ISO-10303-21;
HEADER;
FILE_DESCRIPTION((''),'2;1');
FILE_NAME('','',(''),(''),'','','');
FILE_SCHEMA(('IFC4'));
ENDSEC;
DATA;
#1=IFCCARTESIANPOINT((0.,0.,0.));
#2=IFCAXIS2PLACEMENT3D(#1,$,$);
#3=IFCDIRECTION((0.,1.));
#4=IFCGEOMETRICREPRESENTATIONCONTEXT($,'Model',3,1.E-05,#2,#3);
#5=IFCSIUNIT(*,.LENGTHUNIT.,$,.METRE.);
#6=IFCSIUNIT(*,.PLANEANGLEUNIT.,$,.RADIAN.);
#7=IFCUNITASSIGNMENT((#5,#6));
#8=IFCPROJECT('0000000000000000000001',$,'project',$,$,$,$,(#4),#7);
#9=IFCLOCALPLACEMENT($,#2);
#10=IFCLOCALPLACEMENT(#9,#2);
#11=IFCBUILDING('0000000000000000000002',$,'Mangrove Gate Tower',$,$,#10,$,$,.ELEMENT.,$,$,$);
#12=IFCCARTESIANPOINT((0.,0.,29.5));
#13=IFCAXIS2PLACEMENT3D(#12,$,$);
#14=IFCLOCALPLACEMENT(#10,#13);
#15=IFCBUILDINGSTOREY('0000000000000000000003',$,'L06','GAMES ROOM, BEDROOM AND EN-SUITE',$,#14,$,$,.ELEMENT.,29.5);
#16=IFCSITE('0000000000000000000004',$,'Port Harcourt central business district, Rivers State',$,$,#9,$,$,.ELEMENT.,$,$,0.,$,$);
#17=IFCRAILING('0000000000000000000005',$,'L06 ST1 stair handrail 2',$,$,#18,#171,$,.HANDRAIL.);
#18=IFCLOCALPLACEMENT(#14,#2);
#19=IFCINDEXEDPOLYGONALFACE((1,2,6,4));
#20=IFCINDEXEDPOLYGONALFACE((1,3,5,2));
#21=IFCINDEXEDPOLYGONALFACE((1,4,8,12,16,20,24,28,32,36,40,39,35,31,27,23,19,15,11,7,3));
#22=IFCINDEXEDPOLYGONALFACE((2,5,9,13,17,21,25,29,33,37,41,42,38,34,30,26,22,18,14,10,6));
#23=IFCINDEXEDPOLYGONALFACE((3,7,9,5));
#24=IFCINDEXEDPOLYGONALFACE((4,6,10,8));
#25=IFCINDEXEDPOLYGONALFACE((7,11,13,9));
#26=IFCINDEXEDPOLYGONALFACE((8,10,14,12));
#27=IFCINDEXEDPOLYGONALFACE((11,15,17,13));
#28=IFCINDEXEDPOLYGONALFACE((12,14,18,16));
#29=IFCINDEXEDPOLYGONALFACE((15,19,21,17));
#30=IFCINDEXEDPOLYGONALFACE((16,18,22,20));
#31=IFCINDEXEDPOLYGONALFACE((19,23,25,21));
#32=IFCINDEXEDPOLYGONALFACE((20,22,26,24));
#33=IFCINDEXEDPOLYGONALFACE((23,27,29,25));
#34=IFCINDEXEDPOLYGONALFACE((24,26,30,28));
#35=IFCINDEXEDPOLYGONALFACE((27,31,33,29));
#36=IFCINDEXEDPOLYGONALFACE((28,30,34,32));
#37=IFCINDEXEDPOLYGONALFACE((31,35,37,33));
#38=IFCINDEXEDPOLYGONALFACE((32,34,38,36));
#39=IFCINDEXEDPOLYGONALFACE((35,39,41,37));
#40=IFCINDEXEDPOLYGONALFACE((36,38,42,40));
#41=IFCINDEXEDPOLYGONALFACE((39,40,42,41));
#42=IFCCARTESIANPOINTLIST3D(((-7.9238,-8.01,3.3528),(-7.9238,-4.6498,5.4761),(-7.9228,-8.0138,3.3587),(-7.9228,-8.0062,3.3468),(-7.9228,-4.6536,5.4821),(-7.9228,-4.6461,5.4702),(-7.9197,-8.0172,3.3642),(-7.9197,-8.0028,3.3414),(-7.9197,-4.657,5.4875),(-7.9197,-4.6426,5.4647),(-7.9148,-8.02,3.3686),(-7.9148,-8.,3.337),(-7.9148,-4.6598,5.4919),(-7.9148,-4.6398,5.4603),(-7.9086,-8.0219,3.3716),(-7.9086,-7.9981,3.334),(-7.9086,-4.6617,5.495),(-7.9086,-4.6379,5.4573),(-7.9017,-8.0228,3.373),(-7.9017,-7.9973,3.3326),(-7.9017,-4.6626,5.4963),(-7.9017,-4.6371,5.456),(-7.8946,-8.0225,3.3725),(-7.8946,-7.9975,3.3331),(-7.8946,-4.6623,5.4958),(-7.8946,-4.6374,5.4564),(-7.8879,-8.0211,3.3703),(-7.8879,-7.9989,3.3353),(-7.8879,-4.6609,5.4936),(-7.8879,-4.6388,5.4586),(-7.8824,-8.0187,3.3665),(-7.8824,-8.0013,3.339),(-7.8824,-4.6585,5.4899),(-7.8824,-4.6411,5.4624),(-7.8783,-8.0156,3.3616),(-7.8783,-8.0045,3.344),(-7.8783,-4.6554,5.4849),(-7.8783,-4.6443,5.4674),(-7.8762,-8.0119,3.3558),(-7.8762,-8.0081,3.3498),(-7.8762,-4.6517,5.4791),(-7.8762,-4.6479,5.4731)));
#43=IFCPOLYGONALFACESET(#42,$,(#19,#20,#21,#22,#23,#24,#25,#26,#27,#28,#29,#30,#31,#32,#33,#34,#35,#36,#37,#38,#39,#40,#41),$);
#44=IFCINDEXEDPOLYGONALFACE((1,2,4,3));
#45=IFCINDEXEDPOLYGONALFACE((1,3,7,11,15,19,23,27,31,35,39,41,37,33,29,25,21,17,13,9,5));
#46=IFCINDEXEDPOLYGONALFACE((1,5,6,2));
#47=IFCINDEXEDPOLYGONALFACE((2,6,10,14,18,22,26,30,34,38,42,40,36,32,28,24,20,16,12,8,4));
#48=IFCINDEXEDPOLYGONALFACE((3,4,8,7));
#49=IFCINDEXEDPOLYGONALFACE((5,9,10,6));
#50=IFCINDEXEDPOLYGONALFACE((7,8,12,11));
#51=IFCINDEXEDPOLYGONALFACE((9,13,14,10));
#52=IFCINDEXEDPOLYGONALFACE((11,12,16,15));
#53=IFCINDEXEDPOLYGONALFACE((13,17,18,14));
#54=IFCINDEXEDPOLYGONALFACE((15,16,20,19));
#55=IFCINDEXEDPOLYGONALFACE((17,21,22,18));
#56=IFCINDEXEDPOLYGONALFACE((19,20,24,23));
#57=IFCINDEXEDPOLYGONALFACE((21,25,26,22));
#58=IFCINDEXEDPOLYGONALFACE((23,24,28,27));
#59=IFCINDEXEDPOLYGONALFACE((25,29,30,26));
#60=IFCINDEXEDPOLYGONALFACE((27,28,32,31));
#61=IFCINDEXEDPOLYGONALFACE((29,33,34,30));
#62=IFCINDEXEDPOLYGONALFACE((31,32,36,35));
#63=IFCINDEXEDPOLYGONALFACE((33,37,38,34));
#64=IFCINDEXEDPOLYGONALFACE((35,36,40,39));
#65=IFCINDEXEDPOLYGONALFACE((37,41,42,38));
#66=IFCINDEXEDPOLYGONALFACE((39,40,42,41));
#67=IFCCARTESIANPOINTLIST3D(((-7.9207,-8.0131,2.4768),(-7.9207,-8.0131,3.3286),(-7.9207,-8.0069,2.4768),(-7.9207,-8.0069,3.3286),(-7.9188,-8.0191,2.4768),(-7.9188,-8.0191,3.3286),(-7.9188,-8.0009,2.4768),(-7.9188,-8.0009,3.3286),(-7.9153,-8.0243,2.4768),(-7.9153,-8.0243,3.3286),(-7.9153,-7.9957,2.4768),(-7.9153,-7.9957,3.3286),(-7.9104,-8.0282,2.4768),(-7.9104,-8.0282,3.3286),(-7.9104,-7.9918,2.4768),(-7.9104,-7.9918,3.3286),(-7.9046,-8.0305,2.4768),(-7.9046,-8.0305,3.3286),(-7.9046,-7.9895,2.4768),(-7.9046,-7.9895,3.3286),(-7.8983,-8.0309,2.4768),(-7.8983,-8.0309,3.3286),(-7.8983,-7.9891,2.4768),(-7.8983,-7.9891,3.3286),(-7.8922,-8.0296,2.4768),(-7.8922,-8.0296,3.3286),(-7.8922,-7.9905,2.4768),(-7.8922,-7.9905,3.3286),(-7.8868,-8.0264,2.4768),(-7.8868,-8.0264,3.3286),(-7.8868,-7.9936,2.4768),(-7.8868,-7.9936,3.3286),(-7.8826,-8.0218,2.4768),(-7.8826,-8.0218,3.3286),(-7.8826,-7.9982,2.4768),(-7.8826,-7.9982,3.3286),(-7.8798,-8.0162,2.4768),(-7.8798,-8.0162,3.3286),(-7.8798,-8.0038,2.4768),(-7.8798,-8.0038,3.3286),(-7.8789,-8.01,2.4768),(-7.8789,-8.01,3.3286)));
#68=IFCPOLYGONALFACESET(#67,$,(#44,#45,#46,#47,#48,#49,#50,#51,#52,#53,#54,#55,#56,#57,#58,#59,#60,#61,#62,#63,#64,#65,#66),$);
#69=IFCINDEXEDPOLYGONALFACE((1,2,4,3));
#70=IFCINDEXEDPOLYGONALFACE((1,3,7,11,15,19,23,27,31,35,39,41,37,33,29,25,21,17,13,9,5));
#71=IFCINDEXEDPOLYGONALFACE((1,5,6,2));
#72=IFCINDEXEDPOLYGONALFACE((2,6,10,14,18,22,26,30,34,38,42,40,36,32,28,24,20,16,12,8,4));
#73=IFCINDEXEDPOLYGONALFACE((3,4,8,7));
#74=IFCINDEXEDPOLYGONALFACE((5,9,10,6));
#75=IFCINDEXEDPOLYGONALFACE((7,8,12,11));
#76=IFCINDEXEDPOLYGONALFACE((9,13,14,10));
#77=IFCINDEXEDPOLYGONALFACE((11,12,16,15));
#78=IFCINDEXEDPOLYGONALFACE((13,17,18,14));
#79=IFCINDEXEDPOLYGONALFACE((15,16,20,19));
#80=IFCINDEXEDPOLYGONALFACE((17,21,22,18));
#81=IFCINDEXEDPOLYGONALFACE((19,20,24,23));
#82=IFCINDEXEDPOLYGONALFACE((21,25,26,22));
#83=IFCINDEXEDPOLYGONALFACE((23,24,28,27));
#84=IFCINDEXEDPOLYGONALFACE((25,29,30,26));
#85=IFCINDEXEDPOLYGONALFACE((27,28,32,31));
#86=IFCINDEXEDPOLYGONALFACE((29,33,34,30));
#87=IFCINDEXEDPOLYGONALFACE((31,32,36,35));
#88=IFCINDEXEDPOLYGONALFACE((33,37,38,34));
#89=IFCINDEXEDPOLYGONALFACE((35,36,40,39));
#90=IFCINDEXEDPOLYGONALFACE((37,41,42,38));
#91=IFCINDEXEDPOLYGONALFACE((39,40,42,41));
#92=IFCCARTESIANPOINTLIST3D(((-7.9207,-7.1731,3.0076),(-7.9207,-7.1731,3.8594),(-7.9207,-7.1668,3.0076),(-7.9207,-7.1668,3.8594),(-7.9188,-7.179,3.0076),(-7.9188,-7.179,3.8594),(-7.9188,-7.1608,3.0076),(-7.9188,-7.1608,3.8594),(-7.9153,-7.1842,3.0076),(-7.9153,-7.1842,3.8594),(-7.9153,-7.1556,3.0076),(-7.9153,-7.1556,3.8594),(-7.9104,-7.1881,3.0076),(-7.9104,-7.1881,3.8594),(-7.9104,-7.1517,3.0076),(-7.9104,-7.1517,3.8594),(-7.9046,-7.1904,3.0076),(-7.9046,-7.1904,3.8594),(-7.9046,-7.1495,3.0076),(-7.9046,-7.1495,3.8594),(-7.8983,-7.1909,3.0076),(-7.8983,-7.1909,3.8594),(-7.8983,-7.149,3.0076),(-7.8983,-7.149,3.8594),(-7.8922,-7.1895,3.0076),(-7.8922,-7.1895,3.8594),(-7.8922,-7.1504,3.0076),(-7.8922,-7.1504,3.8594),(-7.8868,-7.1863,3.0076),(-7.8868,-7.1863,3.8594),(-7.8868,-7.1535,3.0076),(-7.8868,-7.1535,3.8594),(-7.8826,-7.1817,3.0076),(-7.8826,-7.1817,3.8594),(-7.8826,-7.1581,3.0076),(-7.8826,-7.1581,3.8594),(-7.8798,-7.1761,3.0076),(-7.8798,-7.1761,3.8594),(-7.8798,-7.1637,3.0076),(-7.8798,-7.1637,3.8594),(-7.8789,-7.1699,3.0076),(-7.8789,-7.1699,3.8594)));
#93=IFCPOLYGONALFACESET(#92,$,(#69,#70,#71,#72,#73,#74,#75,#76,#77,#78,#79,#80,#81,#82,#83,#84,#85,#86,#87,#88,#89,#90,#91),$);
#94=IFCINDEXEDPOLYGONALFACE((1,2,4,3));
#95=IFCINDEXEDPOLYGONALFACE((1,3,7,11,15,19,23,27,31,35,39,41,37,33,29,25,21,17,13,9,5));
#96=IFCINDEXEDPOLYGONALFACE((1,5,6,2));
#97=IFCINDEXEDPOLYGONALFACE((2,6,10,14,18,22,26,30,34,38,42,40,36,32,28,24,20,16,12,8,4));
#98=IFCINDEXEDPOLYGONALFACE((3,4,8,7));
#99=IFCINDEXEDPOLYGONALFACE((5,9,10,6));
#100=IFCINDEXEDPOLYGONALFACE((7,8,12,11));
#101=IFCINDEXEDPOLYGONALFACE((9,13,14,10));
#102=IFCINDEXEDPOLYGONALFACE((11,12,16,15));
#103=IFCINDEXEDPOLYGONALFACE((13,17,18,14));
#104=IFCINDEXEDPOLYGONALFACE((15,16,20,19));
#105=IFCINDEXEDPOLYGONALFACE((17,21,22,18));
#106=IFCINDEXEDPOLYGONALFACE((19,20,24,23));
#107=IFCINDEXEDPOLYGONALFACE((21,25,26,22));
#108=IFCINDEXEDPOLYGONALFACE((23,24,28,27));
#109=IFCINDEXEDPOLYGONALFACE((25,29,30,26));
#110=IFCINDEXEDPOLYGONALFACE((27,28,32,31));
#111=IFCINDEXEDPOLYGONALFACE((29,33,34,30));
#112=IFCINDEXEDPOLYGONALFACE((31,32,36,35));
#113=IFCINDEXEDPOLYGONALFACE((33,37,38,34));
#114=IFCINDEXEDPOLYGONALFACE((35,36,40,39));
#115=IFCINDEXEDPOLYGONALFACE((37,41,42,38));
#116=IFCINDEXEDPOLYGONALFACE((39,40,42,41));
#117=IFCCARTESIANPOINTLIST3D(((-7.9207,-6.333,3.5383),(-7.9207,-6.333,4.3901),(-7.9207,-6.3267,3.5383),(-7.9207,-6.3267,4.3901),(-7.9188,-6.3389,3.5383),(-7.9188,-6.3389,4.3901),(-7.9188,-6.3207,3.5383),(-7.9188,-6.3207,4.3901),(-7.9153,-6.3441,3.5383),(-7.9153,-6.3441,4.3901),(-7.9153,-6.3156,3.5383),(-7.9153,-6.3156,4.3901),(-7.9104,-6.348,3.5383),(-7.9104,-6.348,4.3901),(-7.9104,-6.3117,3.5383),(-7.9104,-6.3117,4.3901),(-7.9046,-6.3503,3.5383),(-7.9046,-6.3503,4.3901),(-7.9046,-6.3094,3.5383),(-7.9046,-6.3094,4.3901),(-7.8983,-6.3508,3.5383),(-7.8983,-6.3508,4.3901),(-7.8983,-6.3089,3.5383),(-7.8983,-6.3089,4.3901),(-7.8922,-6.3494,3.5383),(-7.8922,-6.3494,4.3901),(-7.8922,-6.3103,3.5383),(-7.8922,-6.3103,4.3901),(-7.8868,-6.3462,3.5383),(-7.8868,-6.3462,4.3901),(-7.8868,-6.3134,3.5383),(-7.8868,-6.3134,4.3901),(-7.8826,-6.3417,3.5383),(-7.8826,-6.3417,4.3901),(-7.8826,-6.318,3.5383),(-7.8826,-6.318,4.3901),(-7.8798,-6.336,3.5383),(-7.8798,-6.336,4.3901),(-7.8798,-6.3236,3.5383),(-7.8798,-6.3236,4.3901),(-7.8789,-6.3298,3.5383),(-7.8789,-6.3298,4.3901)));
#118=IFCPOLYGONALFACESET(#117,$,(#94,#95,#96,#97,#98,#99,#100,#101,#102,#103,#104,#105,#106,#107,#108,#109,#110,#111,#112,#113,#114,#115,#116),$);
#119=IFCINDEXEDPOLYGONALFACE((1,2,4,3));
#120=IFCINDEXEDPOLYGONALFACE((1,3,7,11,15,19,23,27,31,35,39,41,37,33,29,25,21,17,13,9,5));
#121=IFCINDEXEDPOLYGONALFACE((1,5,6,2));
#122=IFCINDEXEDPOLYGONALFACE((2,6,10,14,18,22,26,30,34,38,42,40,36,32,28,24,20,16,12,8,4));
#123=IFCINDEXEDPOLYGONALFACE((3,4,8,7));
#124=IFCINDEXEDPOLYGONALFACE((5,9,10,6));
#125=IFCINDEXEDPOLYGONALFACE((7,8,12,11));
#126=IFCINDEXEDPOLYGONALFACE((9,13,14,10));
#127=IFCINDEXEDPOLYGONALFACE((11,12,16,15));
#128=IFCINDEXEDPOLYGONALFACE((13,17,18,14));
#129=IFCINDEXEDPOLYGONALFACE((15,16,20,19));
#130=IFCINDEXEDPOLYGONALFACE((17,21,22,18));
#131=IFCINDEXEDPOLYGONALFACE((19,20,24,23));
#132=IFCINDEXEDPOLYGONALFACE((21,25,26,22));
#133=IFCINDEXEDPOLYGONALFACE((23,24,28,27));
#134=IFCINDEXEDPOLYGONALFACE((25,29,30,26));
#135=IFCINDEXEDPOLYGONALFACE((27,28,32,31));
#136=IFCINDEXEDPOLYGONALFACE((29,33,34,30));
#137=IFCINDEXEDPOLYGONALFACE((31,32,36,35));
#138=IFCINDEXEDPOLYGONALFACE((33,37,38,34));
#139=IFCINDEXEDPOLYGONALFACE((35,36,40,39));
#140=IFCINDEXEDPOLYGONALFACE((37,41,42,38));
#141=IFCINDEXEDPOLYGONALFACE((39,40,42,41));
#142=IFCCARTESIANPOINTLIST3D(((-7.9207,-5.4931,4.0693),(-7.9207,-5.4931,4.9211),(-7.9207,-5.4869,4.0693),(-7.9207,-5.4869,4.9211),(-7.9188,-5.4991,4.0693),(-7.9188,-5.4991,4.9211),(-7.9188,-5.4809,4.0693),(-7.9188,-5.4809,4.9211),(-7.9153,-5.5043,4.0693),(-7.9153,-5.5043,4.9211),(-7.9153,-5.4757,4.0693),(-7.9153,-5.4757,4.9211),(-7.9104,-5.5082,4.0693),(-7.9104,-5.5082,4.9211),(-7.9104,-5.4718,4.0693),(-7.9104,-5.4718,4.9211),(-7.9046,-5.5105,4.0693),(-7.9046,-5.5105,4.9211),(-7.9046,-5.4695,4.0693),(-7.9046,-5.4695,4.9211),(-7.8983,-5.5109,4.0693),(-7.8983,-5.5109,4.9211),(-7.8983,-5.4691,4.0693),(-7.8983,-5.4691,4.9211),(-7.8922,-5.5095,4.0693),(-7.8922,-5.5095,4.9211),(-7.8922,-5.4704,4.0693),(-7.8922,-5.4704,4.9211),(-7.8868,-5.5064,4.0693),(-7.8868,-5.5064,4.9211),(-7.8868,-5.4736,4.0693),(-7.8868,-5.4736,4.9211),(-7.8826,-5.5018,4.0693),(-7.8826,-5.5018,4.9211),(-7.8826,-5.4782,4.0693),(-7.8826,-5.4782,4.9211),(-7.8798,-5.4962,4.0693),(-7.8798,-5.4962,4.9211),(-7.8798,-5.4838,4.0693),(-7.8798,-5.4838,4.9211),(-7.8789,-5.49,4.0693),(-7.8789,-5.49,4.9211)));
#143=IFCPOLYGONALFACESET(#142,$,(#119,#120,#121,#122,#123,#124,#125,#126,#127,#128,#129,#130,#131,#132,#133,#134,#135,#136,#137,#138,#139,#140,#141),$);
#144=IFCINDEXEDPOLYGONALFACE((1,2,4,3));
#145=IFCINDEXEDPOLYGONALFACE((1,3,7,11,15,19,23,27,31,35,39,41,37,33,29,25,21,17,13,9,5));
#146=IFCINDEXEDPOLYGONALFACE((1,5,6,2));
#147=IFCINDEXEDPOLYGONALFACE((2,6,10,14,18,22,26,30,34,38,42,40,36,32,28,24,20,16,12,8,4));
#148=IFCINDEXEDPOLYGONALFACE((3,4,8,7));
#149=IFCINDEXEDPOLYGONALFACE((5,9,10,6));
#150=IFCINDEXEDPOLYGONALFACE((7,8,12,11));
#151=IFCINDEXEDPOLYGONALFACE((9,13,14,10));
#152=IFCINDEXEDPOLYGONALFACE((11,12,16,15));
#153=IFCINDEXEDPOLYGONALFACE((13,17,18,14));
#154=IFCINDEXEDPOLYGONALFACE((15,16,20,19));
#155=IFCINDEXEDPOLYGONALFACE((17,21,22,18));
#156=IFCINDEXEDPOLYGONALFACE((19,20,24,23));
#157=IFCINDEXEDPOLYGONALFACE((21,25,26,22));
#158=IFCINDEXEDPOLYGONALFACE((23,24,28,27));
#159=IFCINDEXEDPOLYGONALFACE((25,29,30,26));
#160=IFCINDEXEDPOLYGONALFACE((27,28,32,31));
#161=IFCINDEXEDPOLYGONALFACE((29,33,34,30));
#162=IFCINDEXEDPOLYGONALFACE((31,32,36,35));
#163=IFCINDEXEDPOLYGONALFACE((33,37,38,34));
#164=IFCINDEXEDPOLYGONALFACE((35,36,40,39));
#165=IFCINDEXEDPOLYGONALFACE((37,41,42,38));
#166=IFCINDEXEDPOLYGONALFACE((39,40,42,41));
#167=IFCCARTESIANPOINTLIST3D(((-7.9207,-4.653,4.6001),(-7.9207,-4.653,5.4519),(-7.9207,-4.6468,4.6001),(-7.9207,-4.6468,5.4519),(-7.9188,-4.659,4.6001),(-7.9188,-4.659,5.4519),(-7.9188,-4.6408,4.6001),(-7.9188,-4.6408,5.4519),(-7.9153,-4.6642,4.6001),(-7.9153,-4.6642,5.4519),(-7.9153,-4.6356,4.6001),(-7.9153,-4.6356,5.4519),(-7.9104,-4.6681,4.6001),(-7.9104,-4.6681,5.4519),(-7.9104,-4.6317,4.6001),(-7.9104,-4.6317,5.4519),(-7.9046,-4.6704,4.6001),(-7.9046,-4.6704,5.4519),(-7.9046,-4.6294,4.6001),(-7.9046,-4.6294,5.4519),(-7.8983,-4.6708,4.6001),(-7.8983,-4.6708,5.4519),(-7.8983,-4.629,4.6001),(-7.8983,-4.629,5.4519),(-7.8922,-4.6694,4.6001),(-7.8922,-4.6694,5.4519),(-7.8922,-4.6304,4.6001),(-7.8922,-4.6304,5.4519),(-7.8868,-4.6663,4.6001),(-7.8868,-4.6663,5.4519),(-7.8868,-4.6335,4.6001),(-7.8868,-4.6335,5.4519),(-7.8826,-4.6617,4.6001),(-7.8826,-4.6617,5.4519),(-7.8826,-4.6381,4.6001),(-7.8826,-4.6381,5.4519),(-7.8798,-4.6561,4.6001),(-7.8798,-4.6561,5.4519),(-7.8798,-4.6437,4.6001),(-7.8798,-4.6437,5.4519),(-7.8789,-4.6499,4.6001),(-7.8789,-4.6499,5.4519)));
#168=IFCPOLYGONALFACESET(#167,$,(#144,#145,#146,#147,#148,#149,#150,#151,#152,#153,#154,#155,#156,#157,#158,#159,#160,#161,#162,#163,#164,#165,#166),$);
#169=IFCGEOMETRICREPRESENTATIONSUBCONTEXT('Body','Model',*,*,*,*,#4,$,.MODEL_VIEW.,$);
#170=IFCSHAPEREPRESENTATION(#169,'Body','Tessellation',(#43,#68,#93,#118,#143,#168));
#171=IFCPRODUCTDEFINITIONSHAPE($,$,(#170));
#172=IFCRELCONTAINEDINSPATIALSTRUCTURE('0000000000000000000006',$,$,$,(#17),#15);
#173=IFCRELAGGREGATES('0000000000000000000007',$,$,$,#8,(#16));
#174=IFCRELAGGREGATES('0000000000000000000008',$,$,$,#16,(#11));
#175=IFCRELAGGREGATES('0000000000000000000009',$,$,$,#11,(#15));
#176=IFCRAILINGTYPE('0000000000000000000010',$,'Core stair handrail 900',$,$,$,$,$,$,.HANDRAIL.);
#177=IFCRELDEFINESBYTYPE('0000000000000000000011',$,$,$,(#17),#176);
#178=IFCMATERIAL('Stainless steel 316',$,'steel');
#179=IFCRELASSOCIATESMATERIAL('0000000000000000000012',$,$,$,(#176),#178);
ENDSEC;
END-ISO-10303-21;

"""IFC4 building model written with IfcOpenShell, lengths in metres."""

from ifc_helpers import new_model, si_unit, direction, frame, origin, origin_2d, place, context, subcontext, project, spatial, circle, extrude, material, type_object, element, save


model = new_model("IFC4")

# Units and contexts
model_context = context("Model", 3, precision=1e-05, world=origin(), true_north=direction((0.0, 1.0)))
body_context = subcontext(model_context, "Body", "Model", "MODEL_VIEW")
ifc_project = project(units=[si_unit("LENGTHUNIT", "METRE"), si_unit("PLANEANGLEUNIT", "RADIAN")], contexts=[model_context])

# Site, building, storey
site_placement = place(None, origin())
site = spatial("IfcSite", under=ifc_project, at=site_placement, Name="Port Harcourt central business district, Rivers State", CompositionType="ELEMENT", RefElevation=0.0)
building_placement = place(site_placement, origin())
building = spatial("IfcBuilding", under=site, at=building_placement, Name="Mangrove Gate Tower", CompositionType="ELEMENT")
storey_placement = place(building_placement, frame((0.0, 0.0, 29.5)))
storey = spatial("IfcBuildingStorey", under=building, at=storey_placement, Name="L06", Description="GAMES ROOM, BEDROOM AND EN-SUITE", CompositionType="ELEMENT", Elevation=29.5)

# Railing
ifc_material_1 = material(Name="Stainless steel 316", Category="steel")
railing_type_1 = type_object("IfcRailingType", Name="Core stair handrail 900", PredefinedType="HANDRAIL", material=ifc_material_1)
railing_1_placement = place(storey_placement, frame((-7.8999, -8.01, 2.4768)))
element("IfcRailing", 1, at=railing_1_placement, inside=storey, type_object=railing_type_1, Name="L06 ST1 stair handrail 2", PredefinedType="HANDRAIL", context=body_context, shape_type="SweptSolid", body=[
    extrude(circle(Radius=0.0239, at=origin_2d()), frame((0.0, 0.0, 0.876), z_axis=(0.0, 0.845362, 0.534194), x_axis=(-1.0, 0.0, 0.0)), (0.0, 0.0, 1.0), 3.9749),
    extrude(circle(Radius=0.021, at=origin_2d()), origin(), (0.0, 0.0, 1.0), 0.8518),
    extrude(circle(Radius=0.021, at=origin_2d()), frame((0.0, 0.8401, 0.5308)), (0.0, 0.0, 1.0), 0.8518),
    extrude(circle(Radius=0.021, at=origin_2d()), frame((0.0, 1.6802, 1.0615)), (0.0, 0.0, 1.0), 0.8518),
    extrude(circle(Radius=0.021, at=origin_2d()), frame((0.0, 2.52, 1.5925)), (0.0, 0.0, 1.0), 0.8518),
    extrude(circle(Radius=0.021, at=origin_2d()), frame((0.0, 3.3601, 2.1233)), (0.0, 0.0, 1.0), 0.8518),
])

save(model, "model.ifc")
